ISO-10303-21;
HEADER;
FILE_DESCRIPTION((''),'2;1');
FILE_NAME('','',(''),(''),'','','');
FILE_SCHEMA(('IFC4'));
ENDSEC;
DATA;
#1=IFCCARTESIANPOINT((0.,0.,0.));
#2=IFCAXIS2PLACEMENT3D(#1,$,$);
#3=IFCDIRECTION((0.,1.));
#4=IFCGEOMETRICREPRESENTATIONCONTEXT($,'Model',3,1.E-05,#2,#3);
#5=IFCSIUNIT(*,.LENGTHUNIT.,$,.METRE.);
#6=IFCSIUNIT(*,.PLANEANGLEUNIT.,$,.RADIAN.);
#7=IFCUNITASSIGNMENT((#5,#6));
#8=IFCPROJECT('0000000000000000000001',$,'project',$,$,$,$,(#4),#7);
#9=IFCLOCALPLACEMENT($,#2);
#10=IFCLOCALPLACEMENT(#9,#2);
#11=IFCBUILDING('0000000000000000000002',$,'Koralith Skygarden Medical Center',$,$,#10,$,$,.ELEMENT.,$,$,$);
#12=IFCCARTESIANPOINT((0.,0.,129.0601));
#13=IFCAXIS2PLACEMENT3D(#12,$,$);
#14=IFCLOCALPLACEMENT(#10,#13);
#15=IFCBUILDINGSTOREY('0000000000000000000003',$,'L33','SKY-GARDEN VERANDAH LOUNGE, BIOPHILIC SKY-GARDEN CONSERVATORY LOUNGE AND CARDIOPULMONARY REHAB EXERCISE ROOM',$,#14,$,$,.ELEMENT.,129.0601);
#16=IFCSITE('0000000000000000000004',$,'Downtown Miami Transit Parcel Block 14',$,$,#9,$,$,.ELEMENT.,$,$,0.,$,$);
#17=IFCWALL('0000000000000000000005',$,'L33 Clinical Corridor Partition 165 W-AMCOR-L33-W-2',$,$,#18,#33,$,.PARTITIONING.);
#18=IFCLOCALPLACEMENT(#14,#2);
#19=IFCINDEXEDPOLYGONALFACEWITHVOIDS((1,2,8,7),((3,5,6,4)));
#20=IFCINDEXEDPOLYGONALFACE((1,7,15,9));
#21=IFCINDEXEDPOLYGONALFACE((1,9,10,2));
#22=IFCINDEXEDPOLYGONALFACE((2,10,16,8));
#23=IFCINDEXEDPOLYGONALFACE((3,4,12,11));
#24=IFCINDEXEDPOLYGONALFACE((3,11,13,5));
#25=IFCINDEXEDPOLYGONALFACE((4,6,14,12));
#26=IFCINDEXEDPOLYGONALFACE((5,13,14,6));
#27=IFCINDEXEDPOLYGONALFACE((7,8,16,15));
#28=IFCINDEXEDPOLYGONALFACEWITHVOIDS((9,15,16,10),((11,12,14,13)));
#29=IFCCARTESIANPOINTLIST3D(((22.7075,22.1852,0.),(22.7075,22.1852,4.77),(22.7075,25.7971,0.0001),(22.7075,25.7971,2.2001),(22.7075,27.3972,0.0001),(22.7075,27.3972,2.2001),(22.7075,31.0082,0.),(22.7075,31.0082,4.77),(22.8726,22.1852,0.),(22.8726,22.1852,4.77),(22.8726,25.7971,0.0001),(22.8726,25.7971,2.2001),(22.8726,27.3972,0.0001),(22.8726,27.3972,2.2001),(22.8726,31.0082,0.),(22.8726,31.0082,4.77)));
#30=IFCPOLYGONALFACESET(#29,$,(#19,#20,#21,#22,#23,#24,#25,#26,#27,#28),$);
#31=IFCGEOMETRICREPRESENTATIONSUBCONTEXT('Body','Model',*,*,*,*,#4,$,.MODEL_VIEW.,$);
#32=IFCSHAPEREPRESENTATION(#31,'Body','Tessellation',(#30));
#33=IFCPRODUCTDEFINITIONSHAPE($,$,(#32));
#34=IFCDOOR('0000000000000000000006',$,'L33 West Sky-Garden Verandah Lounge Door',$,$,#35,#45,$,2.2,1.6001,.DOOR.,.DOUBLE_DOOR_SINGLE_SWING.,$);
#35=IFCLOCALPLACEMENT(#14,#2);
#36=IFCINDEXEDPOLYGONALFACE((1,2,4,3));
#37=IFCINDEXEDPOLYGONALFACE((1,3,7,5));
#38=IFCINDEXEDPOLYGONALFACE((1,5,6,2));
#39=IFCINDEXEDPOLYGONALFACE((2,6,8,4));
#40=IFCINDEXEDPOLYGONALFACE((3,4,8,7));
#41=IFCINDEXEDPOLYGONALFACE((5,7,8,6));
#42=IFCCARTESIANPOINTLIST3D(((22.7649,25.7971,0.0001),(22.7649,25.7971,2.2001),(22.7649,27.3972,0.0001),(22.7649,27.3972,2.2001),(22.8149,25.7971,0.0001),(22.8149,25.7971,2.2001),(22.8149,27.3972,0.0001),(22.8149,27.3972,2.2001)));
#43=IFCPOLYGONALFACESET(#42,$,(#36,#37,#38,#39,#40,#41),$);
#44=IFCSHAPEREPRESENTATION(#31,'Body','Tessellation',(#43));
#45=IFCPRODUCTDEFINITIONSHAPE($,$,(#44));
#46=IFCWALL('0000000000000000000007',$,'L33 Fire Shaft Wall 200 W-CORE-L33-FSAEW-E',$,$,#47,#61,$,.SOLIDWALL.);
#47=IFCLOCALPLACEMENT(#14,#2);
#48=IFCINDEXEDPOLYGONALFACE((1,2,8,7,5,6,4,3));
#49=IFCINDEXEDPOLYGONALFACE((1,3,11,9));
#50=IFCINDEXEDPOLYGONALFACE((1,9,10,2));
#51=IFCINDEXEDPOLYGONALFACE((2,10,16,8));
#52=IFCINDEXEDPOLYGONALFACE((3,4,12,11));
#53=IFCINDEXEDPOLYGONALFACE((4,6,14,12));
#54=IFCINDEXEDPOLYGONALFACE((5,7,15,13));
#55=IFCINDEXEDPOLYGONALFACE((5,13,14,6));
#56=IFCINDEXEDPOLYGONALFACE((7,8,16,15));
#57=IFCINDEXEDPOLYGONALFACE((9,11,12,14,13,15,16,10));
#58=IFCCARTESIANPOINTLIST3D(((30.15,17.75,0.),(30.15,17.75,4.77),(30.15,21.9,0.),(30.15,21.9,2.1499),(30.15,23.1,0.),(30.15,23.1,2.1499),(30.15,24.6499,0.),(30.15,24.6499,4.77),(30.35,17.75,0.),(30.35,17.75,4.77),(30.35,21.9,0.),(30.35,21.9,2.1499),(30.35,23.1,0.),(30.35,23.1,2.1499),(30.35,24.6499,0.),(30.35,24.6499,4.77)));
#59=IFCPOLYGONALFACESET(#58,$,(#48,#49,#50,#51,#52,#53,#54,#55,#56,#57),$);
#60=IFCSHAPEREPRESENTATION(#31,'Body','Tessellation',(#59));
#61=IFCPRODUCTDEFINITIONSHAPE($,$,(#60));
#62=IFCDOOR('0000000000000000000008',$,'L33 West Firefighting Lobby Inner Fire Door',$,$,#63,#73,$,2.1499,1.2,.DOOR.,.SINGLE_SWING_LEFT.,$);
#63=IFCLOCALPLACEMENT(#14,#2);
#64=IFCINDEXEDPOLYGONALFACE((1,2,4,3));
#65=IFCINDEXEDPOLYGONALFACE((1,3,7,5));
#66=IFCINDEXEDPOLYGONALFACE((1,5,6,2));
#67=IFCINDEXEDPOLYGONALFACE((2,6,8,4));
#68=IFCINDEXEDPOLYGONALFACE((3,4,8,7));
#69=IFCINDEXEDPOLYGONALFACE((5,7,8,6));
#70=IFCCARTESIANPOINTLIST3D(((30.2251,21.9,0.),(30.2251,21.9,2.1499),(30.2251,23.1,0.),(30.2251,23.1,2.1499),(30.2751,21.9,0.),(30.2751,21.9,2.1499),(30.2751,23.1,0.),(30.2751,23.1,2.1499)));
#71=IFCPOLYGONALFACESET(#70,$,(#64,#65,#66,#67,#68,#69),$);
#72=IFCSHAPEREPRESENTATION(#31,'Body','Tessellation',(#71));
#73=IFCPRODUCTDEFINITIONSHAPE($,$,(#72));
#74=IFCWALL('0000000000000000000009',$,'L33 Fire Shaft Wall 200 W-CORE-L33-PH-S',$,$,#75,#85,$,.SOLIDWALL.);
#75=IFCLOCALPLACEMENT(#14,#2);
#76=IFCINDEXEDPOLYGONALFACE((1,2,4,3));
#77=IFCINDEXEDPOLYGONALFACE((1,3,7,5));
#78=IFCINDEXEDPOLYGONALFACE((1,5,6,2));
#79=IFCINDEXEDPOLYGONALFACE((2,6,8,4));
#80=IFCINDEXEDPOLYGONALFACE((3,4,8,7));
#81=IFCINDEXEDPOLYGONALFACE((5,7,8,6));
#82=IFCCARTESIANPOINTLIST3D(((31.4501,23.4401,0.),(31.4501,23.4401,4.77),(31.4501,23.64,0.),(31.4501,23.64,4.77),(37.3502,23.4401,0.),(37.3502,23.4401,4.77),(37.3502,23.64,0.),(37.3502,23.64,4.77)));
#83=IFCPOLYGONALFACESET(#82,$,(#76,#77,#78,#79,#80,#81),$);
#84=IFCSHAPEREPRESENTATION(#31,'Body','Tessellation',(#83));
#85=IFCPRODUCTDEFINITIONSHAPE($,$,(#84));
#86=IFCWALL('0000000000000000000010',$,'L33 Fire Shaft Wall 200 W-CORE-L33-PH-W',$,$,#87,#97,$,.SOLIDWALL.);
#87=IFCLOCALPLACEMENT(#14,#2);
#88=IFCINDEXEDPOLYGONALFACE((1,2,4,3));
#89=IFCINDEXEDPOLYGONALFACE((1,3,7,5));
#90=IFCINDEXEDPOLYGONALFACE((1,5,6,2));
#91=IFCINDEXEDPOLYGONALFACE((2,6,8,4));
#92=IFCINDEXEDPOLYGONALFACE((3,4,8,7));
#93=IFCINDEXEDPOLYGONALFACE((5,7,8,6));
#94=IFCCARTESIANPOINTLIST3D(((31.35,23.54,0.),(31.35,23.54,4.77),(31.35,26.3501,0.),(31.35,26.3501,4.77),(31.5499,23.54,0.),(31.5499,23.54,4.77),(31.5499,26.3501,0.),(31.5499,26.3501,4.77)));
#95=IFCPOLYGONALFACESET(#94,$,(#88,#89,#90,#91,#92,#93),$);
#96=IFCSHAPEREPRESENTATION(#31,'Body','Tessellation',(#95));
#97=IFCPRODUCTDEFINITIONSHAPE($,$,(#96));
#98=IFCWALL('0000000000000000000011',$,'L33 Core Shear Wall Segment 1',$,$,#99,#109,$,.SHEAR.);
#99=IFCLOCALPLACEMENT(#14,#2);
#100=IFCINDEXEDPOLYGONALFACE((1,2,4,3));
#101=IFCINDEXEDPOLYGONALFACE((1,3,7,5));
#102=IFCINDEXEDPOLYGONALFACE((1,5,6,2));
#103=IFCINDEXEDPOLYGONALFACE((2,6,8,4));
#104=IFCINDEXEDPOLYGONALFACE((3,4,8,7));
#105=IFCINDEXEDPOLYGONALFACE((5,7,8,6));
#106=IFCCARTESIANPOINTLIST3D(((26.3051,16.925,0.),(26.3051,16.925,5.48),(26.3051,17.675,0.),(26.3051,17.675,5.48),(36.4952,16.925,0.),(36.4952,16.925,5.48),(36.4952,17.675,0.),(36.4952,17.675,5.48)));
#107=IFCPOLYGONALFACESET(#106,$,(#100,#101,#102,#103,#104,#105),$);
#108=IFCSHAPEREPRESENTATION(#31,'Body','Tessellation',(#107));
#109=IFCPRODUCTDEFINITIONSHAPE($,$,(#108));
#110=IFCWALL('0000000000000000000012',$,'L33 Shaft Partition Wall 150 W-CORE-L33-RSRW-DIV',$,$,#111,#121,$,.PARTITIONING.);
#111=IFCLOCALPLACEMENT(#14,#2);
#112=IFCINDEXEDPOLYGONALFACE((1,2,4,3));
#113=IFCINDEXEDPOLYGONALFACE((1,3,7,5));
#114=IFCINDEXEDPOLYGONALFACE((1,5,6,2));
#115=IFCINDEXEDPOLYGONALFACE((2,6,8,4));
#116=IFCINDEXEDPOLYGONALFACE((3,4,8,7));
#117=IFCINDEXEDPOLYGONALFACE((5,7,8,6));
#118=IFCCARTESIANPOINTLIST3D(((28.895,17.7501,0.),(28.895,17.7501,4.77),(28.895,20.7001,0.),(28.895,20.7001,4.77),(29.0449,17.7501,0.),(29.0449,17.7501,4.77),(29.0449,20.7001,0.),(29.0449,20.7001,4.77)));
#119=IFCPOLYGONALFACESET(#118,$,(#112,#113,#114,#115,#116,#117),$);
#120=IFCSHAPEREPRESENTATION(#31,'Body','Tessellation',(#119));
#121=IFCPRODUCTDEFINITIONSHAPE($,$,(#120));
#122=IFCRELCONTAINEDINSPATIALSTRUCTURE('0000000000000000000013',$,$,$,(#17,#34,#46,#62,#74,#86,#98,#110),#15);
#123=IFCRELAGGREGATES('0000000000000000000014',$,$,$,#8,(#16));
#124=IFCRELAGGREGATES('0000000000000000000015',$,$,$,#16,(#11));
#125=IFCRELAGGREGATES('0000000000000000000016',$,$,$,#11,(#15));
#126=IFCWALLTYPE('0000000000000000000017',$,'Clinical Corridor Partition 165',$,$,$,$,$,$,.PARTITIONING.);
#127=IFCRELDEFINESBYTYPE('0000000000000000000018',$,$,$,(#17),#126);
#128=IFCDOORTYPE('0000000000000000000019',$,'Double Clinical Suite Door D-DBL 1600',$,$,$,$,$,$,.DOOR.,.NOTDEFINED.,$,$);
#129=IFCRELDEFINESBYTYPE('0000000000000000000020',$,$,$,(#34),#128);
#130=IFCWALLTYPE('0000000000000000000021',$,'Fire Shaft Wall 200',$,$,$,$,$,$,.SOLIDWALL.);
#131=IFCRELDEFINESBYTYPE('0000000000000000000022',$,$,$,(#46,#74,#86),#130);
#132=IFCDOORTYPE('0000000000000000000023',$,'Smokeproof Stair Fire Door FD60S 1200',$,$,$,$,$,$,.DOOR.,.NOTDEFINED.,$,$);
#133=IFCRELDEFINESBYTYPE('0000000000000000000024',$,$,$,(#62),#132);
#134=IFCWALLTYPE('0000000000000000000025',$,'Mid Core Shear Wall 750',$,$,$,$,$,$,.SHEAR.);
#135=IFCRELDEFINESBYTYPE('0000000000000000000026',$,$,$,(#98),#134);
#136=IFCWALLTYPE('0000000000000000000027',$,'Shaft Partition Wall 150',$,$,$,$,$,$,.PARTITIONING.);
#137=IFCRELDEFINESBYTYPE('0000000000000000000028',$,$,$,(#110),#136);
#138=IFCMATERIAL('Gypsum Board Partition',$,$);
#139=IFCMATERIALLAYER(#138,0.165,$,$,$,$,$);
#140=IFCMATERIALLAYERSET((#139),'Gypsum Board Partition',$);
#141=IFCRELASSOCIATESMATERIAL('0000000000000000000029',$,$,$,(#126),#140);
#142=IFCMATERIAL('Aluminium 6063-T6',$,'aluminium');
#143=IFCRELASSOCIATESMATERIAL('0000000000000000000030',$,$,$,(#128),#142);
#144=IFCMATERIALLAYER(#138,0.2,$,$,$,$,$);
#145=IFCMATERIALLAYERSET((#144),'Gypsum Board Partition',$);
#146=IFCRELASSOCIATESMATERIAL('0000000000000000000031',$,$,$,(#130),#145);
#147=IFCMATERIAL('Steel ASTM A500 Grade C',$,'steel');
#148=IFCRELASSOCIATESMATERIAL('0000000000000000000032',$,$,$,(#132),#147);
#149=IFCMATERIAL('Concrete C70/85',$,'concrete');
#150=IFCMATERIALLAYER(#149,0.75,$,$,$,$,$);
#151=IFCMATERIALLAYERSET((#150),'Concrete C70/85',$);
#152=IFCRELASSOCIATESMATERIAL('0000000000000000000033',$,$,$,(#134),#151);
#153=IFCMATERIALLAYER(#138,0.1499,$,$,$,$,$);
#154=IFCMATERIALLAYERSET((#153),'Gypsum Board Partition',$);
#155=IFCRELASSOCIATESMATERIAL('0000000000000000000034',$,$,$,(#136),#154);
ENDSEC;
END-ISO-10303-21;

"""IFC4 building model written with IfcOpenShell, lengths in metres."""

from ifc_helpers import new_model, si_unit, direction, frame, frame_2d, origin, place, context, subcontext, project, spatial, rectangle, extrude, material, layer, layer_set, type_object, element, fill, save


model = new_model("IFC4")

# Units and contexts
model_context = context("Model", 3, precision=1e-05, world=origin(), true_north=direction((0.0, 1.0)))
body_context = subcontext(model_context, "Body", "Model", "MODEL_VIEW")
ifc_project = project(units=[si_unit("LENGTHUNIT", "METRE"), si_unit("PLANEANGLEUNIT", "RADIAN")], contexts=[model_context])

# Site, building, storey
site_placement = place(None, origin())
site = spatial("IfcSite", under=ifc_project, at=site_placement, Name="Downtown Miami Transit Parcel Block 14", CompositionType="ELEMENT", RefElevation=0.0)
building_placement = place(site_placement, origin())
building = spatial("IfcBuilding", under=site, at=building_placement, Name="Koralith Skygarden Medical Center", CompositionType="ELEMENT")
storey_placement = place(building_placement, frame((0.0, 0.0, 129.0601)))
storey = spatial("IfcBuildingStorey", under=building, at=storey_placement, Name="L33", Description="SKY-GARDEN VERANDAH LOUNGE, BIOPHILIC SKY-GARDEN CONSERVATORY LOUNGE AND CARDIOPULMONARY REHAB EXERCISE ROOM", CompositionType="ELEMENT", Elevation=129.0601)

# Shared definitions
ifc_material_1 = material(Name="Concrete C70/85", Category="concrete")

# Shared definitions
ifc_material_2 = material(Name="Gypsum Board Partition")
ifc_material_3 = material(Name="Aluminium 6063-T6", Category="aluminium")

# Walls, openings, doors
ifc_layer_1 = layer(ifc_material_2, 0.165)
ifc_layer_set_1 = layer_set([ifc_layer_1], Name="Gypsum Board Partition")
wall_type_1 = type_object("IfcWallType", Name="Clinical Corridor Partition 165", PredefinedType="PARTITIONING", material=ifc_layer_set_1)
door_type_1 = type_object("IfcDoorType", Name="Double Clinical Suite Door D-DBL 1600", OperationType="NOTDEFINED", PredefinedType="DOOR", material=ifc_material_3)
wall_1_placement = place(storey_placement, frame((22.79, 22.1851, 0.0), z_axis=(0.0, 0.0, 1.0), x_axis=(0.0, 1.0, 0.0)))
wall_1 = element("IfcWall", 1, at=wall_1_placement, inside=storey, type_object=wall_type_1, Name="L33 Clinical Corridor Partition 165 W-AMCOR-L33-W-2", PredefinedType="PARTITIONING", context=body_context, shape_type="SweptSolid", body=[
    extrude(rectangle(XDim=8.823, YDim=0.165, at=frame_2d((4.4116, 0.0))), origin(), (0.0, 0.0, 1.0), 4.77),
])
opening_1_placement = place(wall_1_placement, frame((3.6121, 0.0, 0.0)))
opening_1 = element("IfcOpeningElement", 2, at=opening_1_placement, cuts=wall_1, PredefinedType="OPENING", context=body_context, shape_type="SweptSolid", body=[
    extrude(rectangle(XDim=1.6001, YDim=2.2, at=frame_2d((0.8, 1.1001))), frame((0.0, 0.0925, 0.0), z_axis=(0.0, -1.0, 0.0), x_axis=(1.0, 0.0, 0.0)), (0.0, 0.0, 1.0), 0.1851),
])
door_1_placement = place(opening_1_placement, frame((1.6001, 0.0, 0.0), z_axis=(0.0, 0.0, 1.0), x_axis=(-1.0, 0.0, 0.0)))
door_1 = element("IfcDoor", 3, at=door_1_placement, inside=storey, type_object=door_type_1, Name="L33 West Sky-Garden Verandah Lounge Door", OperationType="DOUBLE_DOOR_SINGLE_SWING", OverallHeight=2.2, OverallWidth=1.6001, PredefinedType="DOOR", context=body_context, shape_type="SweptSolid", body=[
    extrude(rectangle(XDim=1.6001, YDim=2.2, at=frame_2d((0.8, 1.1001))), frame((0.0, 0.0249, 0.0), z_axis=(0.0, -1.0, 0.0), x_axis=(1.0, 0.0, 0.0)), (0.0, 0.0, 1.0), 0.05),
])
fill(opening_1, door_1)
ifc_layer_2 = layer(ifc_material_2, 0.2)
ifc_layer_set_2 = layer_set([ifc_layer_2], Name="Gypsum Board Partition")
wall_type_2 = type_object("IfcWallType", Name="Fire Shaft Wall 200", PredefinedType="SOLIDWALL", material=ifc_layer_set_2)
ifc_material_4 = material(Name="Steel ASTM A500 Grade C", Category="steel")
wall_2_placement = place(storey_placement, frame((30.25, 17.75, 0.0), z_axis=(0.0, 0.0, 1.0), x_axis=(0.0, 1.0, 0.0)))
wall_2 = element("IfcWall", 4, at=wall_2_placement, inside=storey, type_object=wall_type_2, Name="L33 Fire Shaft Wall 200 W-CORE-L33-FSAEW-E", PredefinedType="SOLIDWALL", context=body_context, shape_type="SweptSolid", body=[
    extrude(rectangle(XDim=6.8999, YDim=0.2, at=frame_2d((3.45, 0.0))), origin(), (0.0, 0.0, 1.0), 4.77),
])
opening_2_placement = place(wall_2_placement, frame((4.1499, 0.0, 0.0)))
opening_2 = element("IfcOpeningElement", 5, at=opening_2_placement, cuts=wall_2, PredefinedType="OPENING", context=body_context, shape_type="SweptSolid", body=[
    extrude(rectangle(XDim=1.2, YDim=2.1499, at=frame_2d((0.6001, 1.075))), frame((0.0, 0.1099, 0.0), z_axis=(0.0, -1.0, 0.0), x_axis=(1.0, 0.0, 0.0)), (0.0, 0.0, 1.0), 0.22),
])
door_type_2 = type_object("IfcDoorType", Name="Smokeproof Stair Fire Door FD60S 1200", OperationType="NOTDEFINED", PredefinedType="DOOR", material=ifc_material_4)
door_2_placement = place(opening_2_placement, origin())
door_2 = element("IfcDoor", 6, at=door_2_placement, inside=storey, type_object=door_type_2, Name="L33 West Firefighting Lobby Inner Fire Door", OperationType="SINGLE_SWING_LEFT", OverallHeight=2.1499, OverallWidth=1.2, PredefinedType="DOOR", context=body_context, shape_type="SweptSolid", body=[
    extrude(rectangle(XDim=1.2, YDim=2.1499, at=frame_2d((0.6001, 1.075))), frame((0.0, 0.0249, 0.0), z_axis=(0.0, -1.0, 0.0), x_axis=(1.0, 0.0, 0.0)), (0.0, 0.0, 1.0), 0.05),
])
fill(opening_2, door_2)

# Walls
wall_3_placement = place(storey_placement, frame((31.45, 23.54, 0.0), z_axis=(0.0, 0.0, 1.0), x_axis=(1.0, 0.0, 0.0)))
element("IfcWall", 7, at=wall_3_placement, inside=storey, type_object=wall_type_2, Name="L33 Fire Shaft Wall 200 W-CORE-L33-PH-S", PredefinedType="SOLIDWALL", context=body_context, shape_type="SweptSolid", body=[
    extrude(rectangle(XDim=5.9001, YDim=0.2, at=frame_2d((2.9502, 0.0))), origin(), (0.0, 0.0, 1.0), 4.77),
])
wall_4_placement = place(storey_placement, frame((31.45, 23.54, 0.0), z_axis=(0.0, 0.0, 1.0), x_axis=(0.0, 1.0, 0.0)))
element("IfcWall", 8, at=wall_4_placement, inside=storey, type_object=wall_type_2, Name="L33 Fire Shaft Wall 200 W-CORE-L33-PH-W", PredefinedType="SOLIDWALL", context=body_context, shape_type="SweptSolid", body=[
    extrude(rectangle(XDim=2.8101, YDim=0.2, at=frame_2d((1.405, 0.0))), origin(), (0.0, 0.0, 1.0), 4.77),
])
ifc_layer_3 = layer(ifc_material_1, 0.75)
ifc_layer_set_3 = layer_set([ifc_layer_3], Name="Concrete C70/85")
wall_type_3 = type_object("IfcWallType", Name="Mid Core Shear Wall 750", PredefinedType="SHEAR", material=ifc_layer_set_3)
wall_5_placement = place(storey_placement, frame((26.3049, 17.3, 0.0), z_axis=(0.0, 0.0, 1.0), x_axis=(1.0, 0.0, 0.0)))
element("IfcWall", 9, at=wall_5_placement, inside=storey, type_object=wall_type_3, Name="L33 Core Shear Wall Segment 1", PredefinedType="SHEAR", context=body_context, shape_type="SweptSolid", body=[
    extrude(rectangle(XDim=10.1902, YDim=0.75, at=frame_2d((5.0952, 0.0))), origin(), (0.0, 0.0, 1.0), 5.48),
])
ifc_layer_4 = layer(ifc_material_2, 0.1499)
ifc_layer_set_4 = layer_set([ifc_layer_4], Name="Gypsum Board Partition")
wall_type_4 = type_object("IfcWallType", Name="Shaft Partition Wall 150", PredefinedType="PARTITIONING", material=ifc_layer_set_4)
wall_6_placement = place(storey_placement, frame((28.97, 17.75, 0.0), z_axis=(0.0, 0.0, 1.0), x_axis=(0.0, 1.0, 0.0)))
element("IfcWall", 10, at=wall_6_placement, inside=storey, type_object=wall_type_4, Name="L33 Shaft Partition Wall 150 W-CORE-L33-RSRW-DIV", PredefinedType="PARTITIONING", context=body_context, shape_type="SweptSolid", body=[
    extrude(rectangle(XDim=2.95, YDim=0.1499, at=frame_2d((1.4751, 0.0))), origin(), (0.0, 0.0, 1.0), 4.77),
])

save(model, "model.ifc")
